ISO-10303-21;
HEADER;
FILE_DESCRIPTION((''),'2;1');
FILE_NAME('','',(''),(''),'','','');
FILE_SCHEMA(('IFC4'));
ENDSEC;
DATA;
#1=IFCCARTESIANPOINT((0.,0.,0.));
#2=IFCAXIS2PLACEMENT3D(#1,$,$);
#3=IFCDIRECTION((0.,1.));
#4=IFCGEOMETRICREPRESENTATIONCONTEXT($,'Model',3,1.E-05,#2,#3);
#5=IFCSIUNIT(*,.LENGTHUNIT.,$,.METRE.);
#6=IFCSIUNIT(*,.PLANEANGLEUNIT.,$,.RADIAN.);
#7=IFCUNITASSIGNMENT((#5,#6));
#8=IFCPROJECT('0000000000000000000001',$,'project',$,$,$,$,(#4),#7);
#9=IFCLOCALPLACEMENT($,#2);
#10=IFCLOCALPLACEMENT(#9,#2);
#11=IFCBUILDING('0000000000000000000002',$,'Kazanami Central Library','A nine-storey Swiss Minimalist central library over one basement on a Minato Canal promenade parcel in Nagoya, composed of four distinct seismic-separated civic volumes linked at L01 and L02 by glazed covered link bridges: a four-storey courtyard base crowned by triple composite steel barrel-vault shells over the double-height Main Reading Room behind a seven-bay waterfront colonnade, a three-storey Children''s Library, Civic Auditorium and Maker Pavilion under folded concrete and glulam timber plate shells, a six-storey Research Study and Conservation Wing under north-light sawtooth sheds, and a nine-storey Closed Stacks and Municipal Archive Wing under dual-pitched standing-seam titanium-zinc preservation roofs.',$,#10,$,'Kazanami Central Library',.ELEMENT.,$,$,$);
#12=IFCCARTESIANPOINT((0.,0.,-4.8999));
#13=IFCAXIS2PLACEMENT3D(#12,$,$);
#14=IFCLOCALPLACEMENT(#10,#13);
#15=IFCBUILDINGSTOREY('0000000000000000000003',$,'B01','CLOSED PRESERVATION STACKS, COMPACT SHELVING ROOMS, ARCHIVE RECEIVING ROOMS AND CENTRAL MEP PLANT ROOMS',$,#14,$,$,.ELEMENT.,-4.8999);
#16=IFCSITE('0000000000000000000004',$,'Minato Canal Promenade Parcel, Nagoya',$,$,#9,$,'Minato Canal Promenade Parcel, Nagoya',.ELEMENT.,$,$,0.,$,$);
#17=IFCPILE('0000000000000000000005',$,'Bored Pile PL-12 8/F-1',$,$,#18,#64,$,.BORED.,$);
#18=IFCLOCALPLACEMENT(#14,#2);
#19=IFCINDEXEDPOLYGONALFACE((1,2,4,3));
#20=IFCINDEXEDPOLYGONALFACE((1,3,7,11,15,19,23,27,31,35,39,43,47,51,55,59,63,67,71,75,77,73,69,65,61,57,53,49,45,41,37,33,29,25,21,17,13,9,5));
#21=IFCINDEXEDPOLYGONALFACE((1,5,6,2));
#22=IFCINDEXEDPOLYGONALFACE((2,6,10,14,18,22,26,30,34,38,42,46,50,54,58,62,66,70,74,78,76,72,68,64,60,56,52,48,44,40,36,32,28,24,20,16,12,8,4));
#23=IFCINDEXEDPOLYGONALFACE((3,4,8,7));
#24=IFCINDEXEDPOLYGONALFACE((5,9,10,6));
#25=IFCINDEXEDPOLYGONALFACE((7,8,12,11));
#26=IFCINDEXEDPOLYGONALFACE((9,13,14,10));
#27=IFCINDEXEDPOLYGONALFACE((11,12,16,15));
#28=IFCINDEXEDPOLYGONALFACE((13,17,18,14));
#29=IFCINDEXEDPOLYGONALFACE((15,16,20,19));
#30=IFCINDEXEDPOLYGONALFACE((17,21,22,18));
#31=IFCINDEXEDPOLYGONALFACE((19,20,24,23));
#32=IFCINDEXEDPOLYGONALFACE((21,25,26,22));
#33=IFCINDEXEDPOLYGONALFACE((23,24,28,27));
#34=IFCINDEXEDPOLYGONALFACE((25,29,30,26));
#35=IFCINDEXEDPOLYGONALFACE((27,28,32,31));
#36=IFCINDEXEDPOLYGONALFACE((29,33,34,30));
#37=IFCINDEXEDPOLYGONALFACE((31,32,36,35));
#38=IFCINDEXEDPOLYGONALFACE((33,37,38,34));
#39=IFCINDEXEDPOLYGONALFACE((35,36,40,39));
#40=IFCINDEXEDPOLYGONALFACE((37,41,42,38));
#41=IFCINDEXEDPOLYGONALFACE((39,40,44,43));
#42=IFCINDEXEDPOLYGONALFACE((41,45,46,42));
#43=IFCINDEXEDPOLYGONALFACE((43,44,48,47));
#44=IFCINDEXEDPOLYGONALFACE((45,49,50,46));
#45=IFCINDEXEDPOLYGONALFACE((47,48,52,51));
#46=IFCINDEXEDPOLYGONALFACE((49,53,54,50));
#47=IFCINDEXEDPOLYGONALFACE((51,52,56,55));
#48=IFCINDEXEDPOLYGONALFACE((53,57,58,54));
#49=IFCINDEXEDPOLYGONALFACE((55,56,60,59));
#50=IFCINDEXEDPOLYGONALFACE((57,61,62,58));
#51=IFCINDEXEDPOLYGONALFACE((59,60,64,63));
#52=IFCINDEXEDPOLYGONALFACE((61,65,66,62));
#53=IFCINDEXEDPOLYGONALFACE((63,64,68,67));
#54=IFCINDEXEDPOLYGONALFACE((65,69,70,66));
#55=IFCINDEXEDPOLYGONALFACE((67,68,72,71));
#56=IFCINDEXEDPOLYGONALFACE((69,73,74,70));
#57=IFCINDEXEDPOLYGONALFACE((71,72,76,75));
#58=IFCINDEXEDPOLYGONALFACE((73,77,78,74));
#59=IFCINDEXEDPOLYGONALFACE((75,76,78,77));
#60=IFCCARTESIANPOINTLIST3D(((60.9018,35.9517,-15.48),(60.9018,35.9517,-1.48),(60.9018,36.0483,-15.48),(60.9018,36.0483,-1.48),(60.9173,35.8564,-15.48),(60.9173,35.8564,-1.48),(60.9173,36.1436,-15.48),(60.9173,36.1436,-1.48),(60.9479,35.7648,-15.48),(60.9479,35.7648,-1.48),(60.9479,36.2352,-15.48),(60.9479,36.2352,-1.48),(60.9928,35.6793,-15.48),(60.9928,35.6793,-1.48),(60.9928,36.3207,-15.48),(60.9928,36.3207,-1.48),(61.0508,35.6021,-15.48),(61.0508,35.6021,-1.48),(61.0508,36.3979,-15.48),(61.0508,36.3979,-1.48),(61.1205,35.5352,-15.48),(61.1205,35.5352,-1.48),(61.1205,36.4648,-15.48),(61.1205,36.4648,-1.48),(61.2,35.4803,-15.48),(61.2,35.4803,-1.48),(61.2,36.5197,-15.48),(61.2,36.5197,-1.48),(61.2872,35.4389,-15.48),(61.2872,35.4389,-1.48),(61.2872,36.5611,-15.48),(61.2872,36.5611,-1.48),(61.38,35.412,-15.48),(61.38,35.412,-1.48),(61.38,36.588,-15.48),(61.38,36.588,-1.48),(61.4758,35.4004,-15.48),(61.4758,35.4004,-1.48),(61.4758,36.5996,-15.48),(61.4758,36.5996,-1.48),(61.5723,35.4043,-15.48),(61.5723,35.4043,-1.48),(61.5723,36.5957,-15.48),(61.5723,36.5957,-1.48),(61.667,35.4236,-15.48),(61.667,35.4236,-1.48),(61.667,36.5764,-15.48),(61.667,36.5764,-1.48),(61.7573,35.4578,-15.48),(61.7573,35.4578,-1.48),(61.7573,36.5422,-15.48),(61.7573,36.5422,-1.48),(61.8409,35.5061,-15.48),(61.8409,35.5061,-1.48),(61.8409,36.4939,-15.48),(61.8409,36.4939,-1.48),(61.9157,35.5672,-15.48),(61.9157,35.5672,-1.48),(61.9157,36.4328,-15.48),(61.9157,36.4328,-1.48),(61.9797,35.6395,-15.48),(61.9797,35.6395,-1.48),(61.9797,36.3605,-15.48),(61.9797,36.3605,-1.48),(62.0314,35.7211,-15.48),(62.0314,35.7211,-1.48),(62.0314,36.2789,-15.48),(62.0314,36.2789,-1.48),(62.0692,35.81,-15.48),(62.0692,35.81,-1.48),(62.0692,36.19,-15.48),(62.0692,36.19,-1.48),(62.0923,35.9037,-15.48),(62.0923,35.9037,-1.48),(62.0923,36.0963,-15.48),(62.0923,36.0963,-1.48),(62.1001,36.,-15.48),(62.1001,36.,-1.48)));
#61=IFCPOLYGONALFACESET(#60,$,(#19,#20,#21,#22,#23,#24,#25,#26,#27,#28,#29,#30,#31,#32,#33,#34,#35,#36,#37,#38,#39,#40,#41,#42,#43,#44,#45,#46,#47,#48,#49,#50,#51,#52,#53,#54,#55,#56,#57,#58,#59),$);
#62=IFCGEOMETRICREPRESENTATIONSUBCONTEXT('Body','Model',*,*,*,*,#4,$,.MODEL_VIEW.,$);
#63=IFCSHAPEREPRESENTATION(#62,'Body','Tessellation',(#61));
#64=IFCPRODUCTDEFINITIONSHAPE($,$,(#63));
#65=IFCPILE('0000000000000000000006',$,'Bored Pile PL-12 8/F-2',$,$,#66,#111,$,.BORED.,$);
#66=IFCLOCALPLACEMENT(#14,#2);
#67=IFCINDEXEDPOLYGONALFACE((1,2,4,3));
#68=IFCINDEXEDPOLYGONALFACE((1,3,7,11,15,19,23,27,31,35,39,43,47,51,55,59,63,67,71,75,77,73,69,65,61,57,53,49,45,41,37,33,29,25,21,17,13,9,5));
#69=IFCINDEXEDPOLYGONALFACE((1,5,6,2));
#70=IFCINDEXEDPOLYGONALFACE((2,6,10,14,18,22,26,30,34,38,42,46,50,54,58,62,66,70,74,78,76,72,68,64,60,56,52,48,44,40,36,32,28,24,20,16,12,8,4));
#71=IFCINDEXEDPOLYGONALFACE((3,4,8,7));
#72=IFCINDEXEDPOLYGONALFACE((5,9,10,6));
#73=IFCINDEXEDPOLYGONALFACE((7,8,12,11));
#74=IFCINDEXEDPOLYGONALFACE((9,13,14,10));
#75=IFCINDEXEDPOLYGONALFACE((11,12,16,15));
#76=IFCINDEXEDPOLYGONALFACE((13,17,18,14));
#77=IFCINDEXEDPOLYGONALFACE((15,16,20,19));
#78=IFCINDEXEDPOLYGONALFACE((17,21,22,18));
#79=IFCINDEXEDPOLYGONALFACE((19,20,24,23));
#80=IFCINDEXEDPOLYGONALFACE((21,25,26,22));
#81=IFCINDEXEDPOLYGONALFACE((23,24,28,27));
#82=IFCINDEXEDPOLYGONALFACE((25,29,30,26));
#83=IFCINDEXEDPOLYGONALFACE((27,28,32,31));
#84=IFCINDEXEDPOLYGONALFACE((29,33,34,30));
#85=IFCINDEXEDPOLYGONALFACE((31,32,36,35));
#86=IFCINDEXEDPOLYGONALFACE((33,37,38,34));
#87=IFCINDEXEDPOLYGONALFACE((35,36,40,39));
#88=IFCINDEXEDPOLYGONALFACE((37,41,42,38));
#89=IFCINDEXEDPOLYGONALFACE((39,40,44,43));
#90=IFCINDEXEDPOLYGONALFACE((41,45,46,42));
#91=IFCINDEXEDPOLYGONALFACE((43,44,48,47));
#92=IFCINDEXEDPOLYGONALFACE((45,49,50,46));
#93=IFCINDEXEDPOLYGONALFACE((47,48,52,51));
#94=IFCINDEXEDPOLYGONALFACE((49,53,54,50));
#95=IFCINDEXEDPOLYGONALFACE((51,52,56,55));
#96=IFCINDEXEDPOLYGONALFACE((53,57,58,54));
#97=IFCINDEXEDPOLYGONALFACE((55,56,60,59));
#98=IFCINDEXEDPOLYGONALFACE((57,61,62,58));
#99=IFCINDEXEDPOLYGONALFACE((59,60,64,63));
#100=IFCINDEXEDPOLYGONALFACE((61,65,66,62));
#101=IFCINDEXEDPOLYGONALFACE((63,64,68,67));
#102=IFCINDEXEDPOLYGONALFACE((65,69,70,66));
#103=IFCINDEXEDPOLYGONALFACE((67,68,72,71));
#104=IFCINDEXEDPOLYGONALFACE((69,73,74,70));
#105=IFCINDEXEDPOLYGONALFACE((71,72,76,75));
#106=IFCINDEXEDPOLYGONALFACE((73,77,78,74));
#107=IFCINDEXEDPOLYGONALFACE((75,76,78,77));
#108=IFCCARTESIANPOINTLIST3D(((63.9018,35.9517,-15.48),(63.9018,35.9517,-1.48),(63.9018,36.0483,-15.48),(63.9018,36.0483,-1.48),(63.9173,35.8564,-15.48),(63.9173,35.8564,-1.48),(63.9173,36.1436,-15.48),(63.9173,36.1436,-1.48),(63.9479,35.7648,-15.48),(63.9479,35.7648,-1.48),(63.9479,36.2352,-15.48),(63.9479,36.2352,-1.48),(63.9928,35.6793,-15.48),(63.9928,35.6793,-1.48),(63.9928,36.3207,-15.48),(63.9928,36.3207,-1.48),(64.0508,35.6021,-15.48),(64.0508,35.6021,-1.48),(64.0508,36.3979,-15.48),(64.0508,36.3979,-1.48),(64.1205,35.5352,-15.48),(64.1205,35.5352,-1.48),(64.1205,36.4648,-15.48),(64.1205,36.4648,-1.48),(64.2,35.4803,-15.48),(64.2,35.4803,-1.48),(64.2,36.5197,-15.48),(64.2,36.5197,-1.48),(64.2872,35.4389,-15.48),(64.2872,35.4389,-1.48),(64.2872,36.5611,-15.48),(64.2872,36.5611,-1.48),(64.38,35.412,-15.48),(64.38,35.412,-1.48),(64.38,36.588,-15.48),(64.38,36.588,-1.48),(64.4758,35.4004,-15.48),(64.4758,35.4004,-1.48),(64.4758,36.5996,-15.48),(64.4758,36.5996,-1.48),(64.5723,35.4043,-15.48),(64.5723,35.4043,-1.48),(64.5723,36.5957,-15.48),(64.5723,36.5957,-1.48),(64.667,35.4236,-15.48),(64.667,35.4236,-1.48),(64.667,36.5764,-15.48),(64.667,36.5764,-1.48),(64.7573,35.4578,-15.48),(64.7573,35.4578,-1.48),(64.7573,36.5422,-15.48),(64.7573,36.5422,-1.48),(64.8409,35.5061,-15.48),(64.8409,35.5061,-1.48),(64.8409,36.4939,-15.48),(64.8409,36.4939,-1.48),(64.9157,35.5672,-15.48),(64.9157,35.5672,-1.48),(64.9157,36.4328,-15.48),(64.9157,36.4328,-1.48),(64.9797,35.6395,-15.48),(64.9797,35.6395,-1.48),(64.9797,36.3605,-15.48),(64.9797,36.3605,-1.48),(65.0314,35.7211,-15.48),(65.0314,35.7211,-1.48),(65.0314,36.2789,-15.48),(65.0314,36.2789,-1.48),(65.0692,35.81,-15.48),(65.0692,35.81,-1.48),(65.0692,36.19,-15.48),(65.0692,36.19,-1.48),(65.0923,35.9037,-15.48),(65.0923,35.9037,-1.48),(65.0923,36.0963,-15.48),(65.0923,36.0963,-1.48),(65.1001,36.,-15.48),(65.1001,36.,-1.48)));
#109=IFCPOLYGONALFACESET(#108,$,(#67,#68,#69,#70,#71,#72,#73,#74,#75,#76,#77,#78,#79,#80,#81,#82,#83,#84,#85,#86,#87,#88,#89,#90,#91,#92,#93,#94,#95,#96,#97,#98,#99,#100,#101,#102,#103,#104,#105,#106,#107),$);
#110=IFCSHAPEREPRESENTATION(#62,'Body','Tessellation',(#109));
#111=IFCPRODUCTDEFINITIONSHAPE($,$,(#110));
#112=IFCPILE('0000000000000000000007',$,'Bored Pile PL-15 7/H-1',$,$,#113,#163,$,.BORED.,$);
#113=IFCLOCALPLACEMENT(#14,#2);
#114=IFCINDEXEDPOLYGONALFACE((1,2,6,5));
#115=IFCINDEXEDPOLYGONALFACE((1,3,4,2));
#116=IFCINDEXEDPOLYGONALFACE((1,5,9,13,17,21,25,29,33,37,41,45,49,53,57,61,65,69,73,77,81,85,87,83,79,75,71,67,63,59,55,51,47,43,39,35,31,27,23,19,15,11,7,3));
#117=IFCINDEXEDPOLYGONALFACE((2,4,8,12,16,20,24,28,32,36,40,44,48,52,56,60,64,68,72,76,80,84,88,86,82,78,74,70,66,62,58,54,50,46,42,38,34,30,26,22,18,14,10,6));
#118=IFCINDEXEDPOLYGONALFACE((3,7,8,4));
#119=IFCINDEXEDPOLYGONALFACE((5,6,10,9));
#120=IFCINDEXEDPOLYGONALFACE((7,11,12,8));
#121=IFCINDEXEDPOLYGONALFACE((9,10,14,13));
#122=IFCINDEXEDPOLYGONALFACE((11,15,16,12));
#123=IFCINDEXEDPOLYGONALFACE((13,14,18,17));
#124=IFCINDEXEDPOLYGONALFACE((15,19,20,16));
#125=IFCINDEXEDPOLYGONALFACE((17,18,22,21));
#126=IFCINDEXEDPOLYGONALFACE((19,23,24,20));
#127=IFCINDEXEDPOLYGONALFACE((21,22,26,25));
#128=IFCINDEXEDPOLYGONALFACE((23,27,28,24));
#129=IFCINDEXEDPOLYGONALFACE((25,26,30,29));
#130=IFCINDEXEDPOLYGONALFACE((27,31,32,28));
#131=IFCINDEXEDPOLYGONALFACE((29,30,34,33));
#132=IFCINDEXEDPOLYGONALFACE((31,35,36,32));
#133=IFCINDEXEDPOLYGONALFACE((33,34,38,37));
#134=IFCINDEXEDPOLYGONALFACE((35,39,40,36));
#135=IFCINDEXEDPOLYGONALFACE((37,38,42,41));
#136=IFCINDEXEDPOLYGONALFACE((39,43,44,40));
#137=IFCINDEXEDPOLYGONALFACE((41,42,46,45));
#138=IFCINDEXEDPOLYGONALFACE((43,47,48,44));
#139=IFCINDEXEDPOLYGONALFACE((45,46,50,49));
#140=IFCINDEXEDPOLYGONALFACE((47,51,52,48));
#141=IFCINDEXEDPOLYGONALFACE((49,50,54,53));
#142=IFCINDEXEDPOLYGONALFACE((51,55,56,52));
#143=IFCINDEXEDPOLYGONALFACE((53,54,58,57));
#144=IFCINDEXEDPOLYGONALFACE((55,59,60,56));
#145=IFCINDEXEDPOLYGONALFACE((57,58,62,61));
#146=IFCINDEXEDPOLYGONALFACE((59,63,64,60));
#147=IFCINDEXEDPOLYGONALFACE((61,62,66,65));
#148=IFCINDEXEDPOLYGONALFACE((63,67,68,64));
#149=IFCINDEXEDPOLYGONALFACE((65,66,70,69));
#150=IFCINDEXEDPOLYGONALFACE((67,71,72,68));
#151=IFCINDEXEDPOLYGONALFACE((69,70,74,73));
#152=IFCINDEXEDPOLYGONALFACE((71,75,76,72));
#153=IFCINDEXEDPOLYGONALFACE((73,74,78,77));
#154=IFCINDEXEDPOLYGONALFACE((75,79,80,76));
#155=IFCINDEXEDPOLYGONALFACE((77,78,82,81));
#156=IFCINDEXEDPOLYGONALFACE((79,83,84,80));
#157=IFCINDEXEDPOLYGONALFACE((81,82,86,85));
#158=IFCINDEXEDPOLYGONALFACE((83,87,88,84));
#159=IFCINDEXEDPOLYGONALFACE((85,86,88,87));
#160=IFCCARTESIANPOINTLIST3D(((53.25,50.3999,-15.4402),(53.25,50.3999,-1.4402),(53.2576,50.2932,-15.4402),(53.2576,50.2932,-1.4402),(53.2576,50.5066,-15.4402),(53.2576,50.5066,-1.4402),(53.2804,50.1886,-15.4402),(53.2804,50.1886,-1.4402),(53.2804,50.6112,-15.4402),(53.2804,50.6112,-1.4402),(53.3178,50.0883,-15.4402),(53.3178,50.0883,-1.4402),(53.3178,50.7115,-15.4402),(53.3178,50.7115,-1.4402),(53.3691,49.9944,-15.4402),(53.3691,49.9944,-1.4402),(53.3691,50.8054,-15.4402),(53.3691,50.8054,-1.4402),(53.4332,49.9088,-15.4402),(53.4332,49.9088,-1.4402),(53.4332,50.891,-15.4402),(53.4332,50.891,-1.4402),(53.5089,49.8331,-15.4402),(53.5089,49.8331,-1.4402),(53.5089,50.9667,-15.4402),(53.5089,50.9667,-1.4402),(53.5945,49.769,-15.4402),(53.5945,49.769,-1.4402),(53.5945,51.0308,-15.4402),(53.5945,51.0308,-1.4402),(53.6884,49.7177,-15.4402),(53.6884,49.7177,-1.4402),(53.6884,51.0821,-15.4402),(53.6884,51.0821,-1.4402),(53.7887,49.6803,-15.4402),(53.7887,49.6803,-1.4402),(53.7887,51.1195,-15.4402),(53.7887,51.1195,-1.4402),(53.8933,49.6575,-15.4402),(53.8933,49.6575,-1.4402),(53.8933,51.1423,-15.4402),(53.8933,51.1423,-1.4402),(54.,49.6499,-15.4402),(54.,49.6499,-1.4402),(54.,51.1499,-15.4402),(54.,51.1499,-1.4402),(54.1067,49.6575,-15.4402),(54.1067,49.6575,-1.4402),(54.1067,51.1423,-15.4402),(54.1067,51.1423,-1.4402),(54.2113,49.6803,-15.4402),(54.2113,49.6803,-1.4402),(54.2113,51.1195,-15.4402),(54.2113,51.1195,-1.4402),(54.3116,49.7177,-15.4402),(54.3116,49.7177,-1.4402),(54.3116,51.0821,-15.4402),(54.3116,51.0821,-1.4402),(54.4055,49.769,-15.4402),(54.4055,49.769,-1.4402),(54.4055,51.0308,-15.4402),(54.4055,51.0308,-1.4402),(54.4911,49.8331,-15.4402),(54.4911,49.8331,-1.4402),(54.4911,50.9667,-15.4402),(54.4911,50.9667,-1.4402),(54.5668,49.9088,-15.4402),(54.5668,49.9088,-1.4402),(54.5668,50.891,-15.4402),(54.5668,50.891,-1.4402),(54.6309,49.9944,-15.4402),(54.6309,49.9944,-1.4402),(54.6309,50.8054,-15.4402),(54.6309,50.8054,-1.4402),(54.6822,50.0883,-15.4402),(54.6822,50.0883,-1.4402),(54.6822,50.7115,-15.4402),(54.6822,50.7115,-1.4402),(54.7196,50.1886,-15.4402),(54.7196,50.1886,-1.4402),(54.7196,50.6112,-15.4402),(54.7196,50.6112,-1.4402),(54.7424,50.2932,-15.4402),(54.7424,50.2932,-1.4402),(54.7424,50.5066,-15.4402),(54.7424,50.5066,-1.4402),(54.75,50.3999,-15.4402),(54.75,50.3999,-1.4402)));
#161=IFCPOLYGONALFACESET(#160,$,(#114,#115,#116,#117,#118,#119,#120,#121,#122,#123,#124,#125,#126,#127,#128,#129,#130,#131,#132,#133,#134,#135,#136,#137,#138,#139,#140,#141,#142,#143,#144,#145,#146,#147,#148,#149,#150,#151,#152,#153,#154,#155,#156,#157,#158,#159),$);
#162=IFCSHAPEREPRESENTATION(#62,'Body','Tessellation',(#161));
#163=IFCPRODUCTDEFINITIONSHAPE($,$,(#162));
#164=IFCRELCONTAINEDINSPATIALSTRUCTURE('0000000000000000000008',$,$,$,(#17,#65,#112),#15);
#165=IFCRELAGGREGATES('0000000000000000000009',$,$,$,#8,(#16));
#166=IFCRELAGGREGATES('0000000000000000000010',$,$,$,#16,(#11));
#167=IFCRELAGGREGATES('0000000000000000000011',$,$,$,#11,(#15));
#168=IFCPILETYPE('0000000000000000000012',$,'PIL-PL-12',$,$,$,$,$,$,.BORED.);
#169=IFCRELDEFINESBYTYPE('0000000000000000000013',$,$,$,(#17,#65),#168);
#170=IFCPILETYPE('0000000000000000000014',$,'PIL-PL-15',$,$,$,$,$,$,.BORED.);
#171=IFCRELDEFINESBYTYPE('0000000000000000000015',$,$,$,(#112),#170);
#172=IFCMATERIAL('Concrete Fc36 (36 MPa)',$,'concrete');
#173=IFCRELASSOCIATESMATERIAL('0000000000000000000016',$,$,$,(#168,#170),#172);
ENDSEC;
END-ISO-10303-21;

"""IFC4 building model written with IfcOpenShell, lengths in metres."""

from ifc_helpers import new_model, si_unit, direction, frame, origin, origin_2d, place, context, subcontext, project, spatial, circle, extrude, material, material_profile, profile_set, type_object, element, save


model = new_model("IFC4")

# Units and contexts
model_context = context("Model", 3, precision=1e-05, world=origin(), true_north=direction((0.0, 1.0)))
body_context = subcontext(model_context, "Body", "Model", "MODEL_VIEW")
ifc_project = project(units=[si_unit("LENGTHUNIT", "METRE"), si_unit("PLANEANGLEUNIT", "RADIAN")], contexts=[model_context])

# Site, building, storey
site_placement = place(None, origin())
site = spatial("IfcSite", under=ifc_project, at=site_placement, Name="Minato Canal Promenade Parcel, Nagoya", LongName="Minato Canal Promenade Parcel, Nagoya", CompositionType="ELEMENT", RefElevation=0.0)
building_placement = place(site_placement, origin())
building = spatial("IfcBuilding", under=site, at=building_placement, Name="Kazanami Central Library", Description="A nine-storey Swiss Minimalist central library over one basement on a Minato Canal promenade parcel in Nagoya, composed of four distinct seismic-separated civic volumes linked at L01 and L02 by glazed covered link bridges: a four-storey courtyard base crowned by triple composite steel barrel-vault shells over the double-height Main Reading Room behind a seven-bay waterfront colonnade, a three-storey Children's Library, Civic Auditorium and Maker Pavilion under folded concrete and glulam timber plate shells, a six-storey Research Study and Conservation Wing under north-light sawtooth sheds, and a nine-storey Closed Stacks and Municipal Archive Wing under dual-pitched standing-seam titanium-zinc preservation roofs.", LongName="Kazanami Central Library", CompositionType="ELEMENT")
storey_placement = place(building_placement, frame((0.0, 0.0, -4.8999)))
storey = spatial("IfcBuildingStorey", under=building, at=storey_placement, Name="B01", Description="CLOSED PRESERVATION STACKS, COMPACT SHELVING ROOMS, ARCHIVE RECEIVING ROOMS AND CENTRAL MEP PLANT ROOMS", CompositionType="ELEMENT", Elevation=-4.8999)

# Shared definitions
ifc_material_1 = material(Name="Concrete Fc36 (36 MPa)", Category="concrete")

# Piles
ifc_material_profile_1 = material_profile(ifc_material_1, circle(Radius=0.6001, at=origin_2d()), Name="BORED-D1200")
ifc_profile_set_1 = profile_set([ifc_material_profile_1], Name="Concrete Fc36 (36 MPa)")
pile_type_1 = type_object("IfcPileType", Name="PIL-PL-12", PredefinedType="BORED", material=ifc_profile_set_1)
for number, where, z_axis, x_axis, name in (
    (1, (61.5, 36.0, -1.48), (0.0, 0.0, -1.0), (1.0, 0.0, 0.0), "Bored Pile PL-12 8/F-1"),
    (2, (64.5, 36.0, -1.48), (0.0, 0.0, -1.0), (1.0, 0.0, 0.0), "Bored Pile PL-12 8/F-2"),
):
    element("IfcPile", number, at=place(storey_placement, frame(where, z_axis=z_axis, x_axis=x_axis)), inside=storey, type_object=pile_type_1, Name=name, PredefinedType="BORED", context=body_context, shape_type="SweptSolid", body=[
        extrude(circle(Radius=0.6001, at=origin_2d()), origin(), (0.0, 0.0, 1.0), 14.0),
    ])
ifc_material_profile_2 = material_profile(ifc_material_1, circle(Radius=0.75, at=origin_2d()), Name="BORED-D1500")
ifc_profile_set_2 = profile_set([ifc_material_profile_2], Name="Concrete Fc36 (36 MPa)")
pile_type_2 = type_object("IfcPileType", Name="PIL-PL-15", PredefinedType="BORED", material=ifc_profile_set_2)
for number, where, z_axis, x_axis, name in (
    (3, (54.0, 50.3999, -1.4402), (0.0, 0.0, -1.0), (1.0, 0.0, 0.0), "Bored Pile PL-15 7/H-1"),
):
    element("IfcPile", number, at=place(storey_placement, frame(where, z_axis=z_axis, x_axis=x_axis)), inside=storey, type_object=pile_type_2, Name=name, PredefinedType="BORED", context=body_context, shape_type="SweptSolid", body=[
        extrude(circle(Radius=0.75, at=origin_2d()), origin(), (0.0, 0.0, 1.0), 14.0),
    ])

save(model, "model.ifc")
